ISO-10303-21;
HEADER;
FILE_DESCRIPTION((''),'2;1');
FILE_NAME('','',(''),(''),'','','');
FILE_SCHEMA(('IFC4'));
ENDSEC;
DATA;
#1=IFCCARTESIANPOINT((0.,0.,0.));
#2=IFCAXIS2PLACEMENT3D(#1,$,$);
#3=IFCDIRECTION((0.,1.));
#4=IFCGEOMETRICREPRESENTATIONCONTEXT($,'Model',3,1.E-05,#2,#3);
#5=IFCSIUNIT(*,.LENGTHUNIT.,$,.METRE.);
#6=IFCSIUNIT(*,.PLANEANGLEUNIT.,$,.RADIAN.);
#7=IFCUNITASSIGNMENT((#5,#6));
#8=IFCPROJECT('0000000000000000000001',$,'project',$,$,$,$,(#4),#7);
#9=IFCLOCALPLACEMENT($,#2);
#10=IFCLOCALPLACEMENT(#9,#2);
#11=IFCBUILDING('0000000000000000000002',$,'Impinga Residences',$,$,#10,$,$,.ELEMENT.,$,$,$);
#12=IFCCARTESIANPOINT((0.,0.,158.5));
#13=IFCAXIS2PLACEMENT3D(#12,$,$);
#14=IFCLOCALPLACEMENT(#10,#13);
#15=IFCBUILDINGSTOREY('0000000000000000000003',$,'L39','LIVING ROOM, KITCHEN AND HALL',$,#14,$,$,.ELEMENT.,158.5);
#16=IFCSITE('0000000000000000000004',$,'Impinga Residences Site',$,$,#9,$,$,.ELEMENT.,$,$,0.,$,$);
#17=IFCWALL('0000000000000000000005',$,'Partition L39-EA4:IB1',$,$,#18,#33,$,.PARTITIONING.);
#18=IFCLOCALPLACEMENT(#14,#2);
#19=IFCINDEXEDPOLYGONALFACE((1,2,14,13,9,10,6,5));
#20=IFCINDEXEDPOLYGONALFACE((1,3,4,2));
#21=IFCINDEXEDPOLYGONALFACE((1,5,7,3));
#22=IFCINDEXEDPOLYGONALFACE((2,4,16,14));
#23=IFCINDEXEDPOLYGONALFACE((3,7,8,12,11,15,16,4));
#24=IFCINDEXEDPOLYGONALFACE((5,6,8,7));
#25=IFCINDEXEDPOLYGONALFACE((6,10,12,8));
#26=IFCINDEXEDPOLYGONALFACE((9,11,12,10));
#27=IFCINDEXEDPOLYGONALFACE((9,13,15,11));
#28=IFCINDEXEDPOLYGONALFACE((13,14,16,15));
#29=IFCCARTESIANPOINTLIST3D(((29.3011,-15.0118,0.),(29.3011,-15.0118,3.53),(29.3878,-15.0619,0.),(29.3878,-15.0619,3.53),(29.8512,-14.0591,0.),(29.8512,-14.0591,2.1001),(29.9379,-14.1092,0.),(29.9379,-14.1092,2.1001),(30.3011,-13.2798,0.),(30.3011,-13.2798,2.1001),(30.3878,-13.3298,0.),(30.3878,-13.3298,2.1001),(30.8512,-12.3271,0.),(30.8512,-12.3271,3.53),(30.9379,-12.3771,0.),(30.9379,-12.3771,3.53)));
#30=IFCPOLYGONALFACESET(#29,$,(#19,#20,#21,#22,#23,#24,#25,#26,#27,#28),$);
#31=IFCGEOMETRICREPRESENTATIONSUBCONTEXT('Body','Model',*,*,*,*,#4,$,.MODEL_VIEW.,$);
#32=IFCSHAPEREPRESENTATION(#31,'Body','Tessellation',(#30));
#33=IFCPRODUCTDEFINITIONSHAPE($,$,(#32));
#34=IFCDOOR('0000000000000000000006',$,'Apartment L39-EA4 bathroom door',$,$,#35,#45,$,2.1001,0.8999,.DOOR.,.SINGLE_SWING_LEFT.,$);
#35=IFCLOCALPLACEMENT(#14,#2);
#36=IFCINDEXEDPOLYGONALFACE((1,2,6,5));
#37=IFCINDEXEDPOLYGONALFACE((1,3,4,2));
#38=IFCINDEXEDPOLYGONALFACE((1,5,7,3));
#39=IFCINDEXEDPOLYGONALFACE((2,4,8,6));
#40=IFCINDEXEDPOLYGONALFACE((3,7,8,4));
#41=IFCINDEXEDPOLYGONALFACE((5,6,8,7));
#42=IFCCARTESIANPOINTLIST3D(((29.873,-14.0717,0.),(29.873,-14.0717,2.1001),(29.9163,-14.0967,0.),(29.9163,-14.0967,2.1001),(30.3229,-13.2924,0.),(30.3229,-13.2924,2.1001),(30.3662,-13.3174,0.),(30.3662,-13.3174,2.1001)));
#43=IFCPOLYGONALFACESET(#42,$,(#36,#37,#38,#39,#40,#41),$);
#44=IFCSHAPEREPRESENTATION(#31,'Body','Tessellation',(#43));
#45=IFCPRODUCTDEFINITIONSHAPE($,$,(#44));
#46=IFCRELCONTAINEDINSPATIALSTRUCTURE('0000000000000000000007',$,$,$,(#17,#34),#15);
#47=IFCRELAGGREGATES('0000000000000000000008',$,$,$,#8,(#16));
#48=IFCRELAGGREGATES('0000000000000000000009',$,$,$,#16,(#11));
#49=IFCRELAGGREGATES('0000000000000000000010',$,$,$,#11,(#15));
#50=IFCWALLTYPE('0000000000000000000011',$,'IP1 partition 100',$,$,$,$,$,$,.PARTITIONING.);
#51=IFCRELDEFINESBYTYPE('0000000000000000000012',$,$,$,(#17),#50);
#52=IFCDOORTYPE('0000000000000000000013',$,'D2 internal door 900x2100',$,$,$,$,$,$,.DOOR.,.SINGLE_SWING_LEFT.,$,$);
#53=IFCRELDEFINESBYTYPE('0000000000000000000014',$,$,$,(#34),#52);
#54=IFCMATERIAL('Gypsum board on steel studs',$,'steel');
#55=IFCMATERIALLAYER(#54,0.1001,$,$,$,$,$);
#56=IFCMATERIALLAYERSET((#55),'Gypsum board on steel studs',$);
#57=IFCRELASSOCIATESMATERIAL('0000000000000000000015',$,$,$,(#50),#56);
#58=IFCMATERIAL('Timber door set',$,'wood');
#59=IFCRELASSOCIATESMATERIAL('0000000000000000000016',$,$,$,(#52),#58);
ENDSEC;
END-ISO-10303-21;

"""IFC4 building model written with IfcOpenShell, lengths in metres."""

from ifc_helpers import new_model, si_unit, direction, frame, frame_2d, origin, place, context, subcontext, project, spatial, rectangle, extrude, material, layer, layer_set, type_object, element, fill, save


model = new_model("IFC4")

# Units and contexts
model_context = context("Model", 3, precision=1e-05, world=origin(), true_north=direction((0.0, 1.0)))
body_context = subcontext(model_context, "Body", "Model", "MODEL_VIEW")
ifc_project = project(units=[si_unit("LENGTHUNIT", "METRE"), si_unit("PLANEANGLEUNIT", "RADIAN")], contexts=[model_context])

# Site, building, storey
site_placement = place(None, origin())
site = spatial("IfcSite", under=ifc_project, at=site_placement, Name="Impinga Residences Site", CompositionType="ELEMENT", RefElevation=0.0)
building_placement = place(site_placement, origin())
building = spatial("IfcBuilding", under=site, at=building_placement, Name="Impinga Residences", CompositionType="ELEMENT")
storey_placement = place(building_placement, frame((0.0, 0.0, 158.5)))
storey = spatial("IfcBuildingStorey", under=building, at=storey_placement, Name="L39", Description="LIVING ROOM, KITCHEN AND HALL", CompositionType="ELEMENT", Elevation=158.5)

# Shared definitions
ifc_material_1 = material(Name="Timber door set", Category="wood")

# Shared definitions
ifc_material_2 = material(Name="Gypsum board on steel studs", Category="steel")
ifc_layer_1 = layer(ifc_material_2, 0.1001)
ifc_layer_set_1 = layer_set([ifc_layer_1], Name="Gypsum board on steel studs")
wall_type_1 = type_object("IfcWallType", Name="IP1 partition 100", PredefinedType="PARTITIONING", material=ifc_layer_set_1)

# Wall, opening, door
wall_1_placement = place(storey_placement, frame((29.3445, -15.0369, 0.0), z_axis=(0.0, 0.0, 1.0), x_axis=(0.499993, 0.86603, 0.0)))
wall_1 = element("IfcWall", 1, at=wall_1_placement, inside=storey, type_object=wall_type_1, Name="Partition L39-EA4:IB1", PredefinedType="PARTITIONING", context=body_context, shape_type="SweptSolid", body=[
    extrude(rectangle(XDim=3.1001, YDim=0.1001, at=frame_2d((1.55, 0.0))), origin(), (0.0, 0.0, 1.0), 3.53),
])
opening_1_placement = place(wall_1_placement, frame((1.1001, 0.0, 0.0)))
opening_1 = element("IfcOpeningElement", 2, at=opening_1_placement, cuts=wall_1, PredefinedType="OPENING", context=body_context, shape_type="SweptSolid", body=[
    extrude(rectangle(XDim=0.8999, YDim=2.1001, at=frame_2d((0.45, 1.05))), frame((0.0, 0.0601, 0.0), z_axis=(0.0, -1.0, 0.0), x_axis=(1.0, 0.0, 0.0)), (0.0, 0.0, 1.0), 0.1201),
])
door_type_1 = type_object("IfcDoorType", Name="D2 internal door 900x2100", OperationType="SINGLE_SWING_LEFT", PredefinedType="DOOR", material=ifc_material_1)
door_1_placement = place(opening_1_placement, origin())
door_1 = element("IfcDoor", 3, at=door_1_placement, inside=storey, type_object=door_type_1, Name="Apartment L39-EA4 bathroom door", OperationType="SINGLE_SWING_LEFT", OverallHeight=2.1001, OverallWidth=0.8999, PredefinedType="DOOR", context=body_context, shape_type="SweptSolid", body=[
    extrude(rectangle(XDim=0.8999, YDim=2.1001, at=frame_2d((0.45, 1.05))), frame((0.0, 0.0249, 0.0), z_axis=(0.0, -1.0, 0.0), x_axis=(1.0, 0.0, 0.0)), (0.0, 0.0, 1.0), 0.05),
])
fill(opening_1, door_1)

save(model, "model.ifc")
